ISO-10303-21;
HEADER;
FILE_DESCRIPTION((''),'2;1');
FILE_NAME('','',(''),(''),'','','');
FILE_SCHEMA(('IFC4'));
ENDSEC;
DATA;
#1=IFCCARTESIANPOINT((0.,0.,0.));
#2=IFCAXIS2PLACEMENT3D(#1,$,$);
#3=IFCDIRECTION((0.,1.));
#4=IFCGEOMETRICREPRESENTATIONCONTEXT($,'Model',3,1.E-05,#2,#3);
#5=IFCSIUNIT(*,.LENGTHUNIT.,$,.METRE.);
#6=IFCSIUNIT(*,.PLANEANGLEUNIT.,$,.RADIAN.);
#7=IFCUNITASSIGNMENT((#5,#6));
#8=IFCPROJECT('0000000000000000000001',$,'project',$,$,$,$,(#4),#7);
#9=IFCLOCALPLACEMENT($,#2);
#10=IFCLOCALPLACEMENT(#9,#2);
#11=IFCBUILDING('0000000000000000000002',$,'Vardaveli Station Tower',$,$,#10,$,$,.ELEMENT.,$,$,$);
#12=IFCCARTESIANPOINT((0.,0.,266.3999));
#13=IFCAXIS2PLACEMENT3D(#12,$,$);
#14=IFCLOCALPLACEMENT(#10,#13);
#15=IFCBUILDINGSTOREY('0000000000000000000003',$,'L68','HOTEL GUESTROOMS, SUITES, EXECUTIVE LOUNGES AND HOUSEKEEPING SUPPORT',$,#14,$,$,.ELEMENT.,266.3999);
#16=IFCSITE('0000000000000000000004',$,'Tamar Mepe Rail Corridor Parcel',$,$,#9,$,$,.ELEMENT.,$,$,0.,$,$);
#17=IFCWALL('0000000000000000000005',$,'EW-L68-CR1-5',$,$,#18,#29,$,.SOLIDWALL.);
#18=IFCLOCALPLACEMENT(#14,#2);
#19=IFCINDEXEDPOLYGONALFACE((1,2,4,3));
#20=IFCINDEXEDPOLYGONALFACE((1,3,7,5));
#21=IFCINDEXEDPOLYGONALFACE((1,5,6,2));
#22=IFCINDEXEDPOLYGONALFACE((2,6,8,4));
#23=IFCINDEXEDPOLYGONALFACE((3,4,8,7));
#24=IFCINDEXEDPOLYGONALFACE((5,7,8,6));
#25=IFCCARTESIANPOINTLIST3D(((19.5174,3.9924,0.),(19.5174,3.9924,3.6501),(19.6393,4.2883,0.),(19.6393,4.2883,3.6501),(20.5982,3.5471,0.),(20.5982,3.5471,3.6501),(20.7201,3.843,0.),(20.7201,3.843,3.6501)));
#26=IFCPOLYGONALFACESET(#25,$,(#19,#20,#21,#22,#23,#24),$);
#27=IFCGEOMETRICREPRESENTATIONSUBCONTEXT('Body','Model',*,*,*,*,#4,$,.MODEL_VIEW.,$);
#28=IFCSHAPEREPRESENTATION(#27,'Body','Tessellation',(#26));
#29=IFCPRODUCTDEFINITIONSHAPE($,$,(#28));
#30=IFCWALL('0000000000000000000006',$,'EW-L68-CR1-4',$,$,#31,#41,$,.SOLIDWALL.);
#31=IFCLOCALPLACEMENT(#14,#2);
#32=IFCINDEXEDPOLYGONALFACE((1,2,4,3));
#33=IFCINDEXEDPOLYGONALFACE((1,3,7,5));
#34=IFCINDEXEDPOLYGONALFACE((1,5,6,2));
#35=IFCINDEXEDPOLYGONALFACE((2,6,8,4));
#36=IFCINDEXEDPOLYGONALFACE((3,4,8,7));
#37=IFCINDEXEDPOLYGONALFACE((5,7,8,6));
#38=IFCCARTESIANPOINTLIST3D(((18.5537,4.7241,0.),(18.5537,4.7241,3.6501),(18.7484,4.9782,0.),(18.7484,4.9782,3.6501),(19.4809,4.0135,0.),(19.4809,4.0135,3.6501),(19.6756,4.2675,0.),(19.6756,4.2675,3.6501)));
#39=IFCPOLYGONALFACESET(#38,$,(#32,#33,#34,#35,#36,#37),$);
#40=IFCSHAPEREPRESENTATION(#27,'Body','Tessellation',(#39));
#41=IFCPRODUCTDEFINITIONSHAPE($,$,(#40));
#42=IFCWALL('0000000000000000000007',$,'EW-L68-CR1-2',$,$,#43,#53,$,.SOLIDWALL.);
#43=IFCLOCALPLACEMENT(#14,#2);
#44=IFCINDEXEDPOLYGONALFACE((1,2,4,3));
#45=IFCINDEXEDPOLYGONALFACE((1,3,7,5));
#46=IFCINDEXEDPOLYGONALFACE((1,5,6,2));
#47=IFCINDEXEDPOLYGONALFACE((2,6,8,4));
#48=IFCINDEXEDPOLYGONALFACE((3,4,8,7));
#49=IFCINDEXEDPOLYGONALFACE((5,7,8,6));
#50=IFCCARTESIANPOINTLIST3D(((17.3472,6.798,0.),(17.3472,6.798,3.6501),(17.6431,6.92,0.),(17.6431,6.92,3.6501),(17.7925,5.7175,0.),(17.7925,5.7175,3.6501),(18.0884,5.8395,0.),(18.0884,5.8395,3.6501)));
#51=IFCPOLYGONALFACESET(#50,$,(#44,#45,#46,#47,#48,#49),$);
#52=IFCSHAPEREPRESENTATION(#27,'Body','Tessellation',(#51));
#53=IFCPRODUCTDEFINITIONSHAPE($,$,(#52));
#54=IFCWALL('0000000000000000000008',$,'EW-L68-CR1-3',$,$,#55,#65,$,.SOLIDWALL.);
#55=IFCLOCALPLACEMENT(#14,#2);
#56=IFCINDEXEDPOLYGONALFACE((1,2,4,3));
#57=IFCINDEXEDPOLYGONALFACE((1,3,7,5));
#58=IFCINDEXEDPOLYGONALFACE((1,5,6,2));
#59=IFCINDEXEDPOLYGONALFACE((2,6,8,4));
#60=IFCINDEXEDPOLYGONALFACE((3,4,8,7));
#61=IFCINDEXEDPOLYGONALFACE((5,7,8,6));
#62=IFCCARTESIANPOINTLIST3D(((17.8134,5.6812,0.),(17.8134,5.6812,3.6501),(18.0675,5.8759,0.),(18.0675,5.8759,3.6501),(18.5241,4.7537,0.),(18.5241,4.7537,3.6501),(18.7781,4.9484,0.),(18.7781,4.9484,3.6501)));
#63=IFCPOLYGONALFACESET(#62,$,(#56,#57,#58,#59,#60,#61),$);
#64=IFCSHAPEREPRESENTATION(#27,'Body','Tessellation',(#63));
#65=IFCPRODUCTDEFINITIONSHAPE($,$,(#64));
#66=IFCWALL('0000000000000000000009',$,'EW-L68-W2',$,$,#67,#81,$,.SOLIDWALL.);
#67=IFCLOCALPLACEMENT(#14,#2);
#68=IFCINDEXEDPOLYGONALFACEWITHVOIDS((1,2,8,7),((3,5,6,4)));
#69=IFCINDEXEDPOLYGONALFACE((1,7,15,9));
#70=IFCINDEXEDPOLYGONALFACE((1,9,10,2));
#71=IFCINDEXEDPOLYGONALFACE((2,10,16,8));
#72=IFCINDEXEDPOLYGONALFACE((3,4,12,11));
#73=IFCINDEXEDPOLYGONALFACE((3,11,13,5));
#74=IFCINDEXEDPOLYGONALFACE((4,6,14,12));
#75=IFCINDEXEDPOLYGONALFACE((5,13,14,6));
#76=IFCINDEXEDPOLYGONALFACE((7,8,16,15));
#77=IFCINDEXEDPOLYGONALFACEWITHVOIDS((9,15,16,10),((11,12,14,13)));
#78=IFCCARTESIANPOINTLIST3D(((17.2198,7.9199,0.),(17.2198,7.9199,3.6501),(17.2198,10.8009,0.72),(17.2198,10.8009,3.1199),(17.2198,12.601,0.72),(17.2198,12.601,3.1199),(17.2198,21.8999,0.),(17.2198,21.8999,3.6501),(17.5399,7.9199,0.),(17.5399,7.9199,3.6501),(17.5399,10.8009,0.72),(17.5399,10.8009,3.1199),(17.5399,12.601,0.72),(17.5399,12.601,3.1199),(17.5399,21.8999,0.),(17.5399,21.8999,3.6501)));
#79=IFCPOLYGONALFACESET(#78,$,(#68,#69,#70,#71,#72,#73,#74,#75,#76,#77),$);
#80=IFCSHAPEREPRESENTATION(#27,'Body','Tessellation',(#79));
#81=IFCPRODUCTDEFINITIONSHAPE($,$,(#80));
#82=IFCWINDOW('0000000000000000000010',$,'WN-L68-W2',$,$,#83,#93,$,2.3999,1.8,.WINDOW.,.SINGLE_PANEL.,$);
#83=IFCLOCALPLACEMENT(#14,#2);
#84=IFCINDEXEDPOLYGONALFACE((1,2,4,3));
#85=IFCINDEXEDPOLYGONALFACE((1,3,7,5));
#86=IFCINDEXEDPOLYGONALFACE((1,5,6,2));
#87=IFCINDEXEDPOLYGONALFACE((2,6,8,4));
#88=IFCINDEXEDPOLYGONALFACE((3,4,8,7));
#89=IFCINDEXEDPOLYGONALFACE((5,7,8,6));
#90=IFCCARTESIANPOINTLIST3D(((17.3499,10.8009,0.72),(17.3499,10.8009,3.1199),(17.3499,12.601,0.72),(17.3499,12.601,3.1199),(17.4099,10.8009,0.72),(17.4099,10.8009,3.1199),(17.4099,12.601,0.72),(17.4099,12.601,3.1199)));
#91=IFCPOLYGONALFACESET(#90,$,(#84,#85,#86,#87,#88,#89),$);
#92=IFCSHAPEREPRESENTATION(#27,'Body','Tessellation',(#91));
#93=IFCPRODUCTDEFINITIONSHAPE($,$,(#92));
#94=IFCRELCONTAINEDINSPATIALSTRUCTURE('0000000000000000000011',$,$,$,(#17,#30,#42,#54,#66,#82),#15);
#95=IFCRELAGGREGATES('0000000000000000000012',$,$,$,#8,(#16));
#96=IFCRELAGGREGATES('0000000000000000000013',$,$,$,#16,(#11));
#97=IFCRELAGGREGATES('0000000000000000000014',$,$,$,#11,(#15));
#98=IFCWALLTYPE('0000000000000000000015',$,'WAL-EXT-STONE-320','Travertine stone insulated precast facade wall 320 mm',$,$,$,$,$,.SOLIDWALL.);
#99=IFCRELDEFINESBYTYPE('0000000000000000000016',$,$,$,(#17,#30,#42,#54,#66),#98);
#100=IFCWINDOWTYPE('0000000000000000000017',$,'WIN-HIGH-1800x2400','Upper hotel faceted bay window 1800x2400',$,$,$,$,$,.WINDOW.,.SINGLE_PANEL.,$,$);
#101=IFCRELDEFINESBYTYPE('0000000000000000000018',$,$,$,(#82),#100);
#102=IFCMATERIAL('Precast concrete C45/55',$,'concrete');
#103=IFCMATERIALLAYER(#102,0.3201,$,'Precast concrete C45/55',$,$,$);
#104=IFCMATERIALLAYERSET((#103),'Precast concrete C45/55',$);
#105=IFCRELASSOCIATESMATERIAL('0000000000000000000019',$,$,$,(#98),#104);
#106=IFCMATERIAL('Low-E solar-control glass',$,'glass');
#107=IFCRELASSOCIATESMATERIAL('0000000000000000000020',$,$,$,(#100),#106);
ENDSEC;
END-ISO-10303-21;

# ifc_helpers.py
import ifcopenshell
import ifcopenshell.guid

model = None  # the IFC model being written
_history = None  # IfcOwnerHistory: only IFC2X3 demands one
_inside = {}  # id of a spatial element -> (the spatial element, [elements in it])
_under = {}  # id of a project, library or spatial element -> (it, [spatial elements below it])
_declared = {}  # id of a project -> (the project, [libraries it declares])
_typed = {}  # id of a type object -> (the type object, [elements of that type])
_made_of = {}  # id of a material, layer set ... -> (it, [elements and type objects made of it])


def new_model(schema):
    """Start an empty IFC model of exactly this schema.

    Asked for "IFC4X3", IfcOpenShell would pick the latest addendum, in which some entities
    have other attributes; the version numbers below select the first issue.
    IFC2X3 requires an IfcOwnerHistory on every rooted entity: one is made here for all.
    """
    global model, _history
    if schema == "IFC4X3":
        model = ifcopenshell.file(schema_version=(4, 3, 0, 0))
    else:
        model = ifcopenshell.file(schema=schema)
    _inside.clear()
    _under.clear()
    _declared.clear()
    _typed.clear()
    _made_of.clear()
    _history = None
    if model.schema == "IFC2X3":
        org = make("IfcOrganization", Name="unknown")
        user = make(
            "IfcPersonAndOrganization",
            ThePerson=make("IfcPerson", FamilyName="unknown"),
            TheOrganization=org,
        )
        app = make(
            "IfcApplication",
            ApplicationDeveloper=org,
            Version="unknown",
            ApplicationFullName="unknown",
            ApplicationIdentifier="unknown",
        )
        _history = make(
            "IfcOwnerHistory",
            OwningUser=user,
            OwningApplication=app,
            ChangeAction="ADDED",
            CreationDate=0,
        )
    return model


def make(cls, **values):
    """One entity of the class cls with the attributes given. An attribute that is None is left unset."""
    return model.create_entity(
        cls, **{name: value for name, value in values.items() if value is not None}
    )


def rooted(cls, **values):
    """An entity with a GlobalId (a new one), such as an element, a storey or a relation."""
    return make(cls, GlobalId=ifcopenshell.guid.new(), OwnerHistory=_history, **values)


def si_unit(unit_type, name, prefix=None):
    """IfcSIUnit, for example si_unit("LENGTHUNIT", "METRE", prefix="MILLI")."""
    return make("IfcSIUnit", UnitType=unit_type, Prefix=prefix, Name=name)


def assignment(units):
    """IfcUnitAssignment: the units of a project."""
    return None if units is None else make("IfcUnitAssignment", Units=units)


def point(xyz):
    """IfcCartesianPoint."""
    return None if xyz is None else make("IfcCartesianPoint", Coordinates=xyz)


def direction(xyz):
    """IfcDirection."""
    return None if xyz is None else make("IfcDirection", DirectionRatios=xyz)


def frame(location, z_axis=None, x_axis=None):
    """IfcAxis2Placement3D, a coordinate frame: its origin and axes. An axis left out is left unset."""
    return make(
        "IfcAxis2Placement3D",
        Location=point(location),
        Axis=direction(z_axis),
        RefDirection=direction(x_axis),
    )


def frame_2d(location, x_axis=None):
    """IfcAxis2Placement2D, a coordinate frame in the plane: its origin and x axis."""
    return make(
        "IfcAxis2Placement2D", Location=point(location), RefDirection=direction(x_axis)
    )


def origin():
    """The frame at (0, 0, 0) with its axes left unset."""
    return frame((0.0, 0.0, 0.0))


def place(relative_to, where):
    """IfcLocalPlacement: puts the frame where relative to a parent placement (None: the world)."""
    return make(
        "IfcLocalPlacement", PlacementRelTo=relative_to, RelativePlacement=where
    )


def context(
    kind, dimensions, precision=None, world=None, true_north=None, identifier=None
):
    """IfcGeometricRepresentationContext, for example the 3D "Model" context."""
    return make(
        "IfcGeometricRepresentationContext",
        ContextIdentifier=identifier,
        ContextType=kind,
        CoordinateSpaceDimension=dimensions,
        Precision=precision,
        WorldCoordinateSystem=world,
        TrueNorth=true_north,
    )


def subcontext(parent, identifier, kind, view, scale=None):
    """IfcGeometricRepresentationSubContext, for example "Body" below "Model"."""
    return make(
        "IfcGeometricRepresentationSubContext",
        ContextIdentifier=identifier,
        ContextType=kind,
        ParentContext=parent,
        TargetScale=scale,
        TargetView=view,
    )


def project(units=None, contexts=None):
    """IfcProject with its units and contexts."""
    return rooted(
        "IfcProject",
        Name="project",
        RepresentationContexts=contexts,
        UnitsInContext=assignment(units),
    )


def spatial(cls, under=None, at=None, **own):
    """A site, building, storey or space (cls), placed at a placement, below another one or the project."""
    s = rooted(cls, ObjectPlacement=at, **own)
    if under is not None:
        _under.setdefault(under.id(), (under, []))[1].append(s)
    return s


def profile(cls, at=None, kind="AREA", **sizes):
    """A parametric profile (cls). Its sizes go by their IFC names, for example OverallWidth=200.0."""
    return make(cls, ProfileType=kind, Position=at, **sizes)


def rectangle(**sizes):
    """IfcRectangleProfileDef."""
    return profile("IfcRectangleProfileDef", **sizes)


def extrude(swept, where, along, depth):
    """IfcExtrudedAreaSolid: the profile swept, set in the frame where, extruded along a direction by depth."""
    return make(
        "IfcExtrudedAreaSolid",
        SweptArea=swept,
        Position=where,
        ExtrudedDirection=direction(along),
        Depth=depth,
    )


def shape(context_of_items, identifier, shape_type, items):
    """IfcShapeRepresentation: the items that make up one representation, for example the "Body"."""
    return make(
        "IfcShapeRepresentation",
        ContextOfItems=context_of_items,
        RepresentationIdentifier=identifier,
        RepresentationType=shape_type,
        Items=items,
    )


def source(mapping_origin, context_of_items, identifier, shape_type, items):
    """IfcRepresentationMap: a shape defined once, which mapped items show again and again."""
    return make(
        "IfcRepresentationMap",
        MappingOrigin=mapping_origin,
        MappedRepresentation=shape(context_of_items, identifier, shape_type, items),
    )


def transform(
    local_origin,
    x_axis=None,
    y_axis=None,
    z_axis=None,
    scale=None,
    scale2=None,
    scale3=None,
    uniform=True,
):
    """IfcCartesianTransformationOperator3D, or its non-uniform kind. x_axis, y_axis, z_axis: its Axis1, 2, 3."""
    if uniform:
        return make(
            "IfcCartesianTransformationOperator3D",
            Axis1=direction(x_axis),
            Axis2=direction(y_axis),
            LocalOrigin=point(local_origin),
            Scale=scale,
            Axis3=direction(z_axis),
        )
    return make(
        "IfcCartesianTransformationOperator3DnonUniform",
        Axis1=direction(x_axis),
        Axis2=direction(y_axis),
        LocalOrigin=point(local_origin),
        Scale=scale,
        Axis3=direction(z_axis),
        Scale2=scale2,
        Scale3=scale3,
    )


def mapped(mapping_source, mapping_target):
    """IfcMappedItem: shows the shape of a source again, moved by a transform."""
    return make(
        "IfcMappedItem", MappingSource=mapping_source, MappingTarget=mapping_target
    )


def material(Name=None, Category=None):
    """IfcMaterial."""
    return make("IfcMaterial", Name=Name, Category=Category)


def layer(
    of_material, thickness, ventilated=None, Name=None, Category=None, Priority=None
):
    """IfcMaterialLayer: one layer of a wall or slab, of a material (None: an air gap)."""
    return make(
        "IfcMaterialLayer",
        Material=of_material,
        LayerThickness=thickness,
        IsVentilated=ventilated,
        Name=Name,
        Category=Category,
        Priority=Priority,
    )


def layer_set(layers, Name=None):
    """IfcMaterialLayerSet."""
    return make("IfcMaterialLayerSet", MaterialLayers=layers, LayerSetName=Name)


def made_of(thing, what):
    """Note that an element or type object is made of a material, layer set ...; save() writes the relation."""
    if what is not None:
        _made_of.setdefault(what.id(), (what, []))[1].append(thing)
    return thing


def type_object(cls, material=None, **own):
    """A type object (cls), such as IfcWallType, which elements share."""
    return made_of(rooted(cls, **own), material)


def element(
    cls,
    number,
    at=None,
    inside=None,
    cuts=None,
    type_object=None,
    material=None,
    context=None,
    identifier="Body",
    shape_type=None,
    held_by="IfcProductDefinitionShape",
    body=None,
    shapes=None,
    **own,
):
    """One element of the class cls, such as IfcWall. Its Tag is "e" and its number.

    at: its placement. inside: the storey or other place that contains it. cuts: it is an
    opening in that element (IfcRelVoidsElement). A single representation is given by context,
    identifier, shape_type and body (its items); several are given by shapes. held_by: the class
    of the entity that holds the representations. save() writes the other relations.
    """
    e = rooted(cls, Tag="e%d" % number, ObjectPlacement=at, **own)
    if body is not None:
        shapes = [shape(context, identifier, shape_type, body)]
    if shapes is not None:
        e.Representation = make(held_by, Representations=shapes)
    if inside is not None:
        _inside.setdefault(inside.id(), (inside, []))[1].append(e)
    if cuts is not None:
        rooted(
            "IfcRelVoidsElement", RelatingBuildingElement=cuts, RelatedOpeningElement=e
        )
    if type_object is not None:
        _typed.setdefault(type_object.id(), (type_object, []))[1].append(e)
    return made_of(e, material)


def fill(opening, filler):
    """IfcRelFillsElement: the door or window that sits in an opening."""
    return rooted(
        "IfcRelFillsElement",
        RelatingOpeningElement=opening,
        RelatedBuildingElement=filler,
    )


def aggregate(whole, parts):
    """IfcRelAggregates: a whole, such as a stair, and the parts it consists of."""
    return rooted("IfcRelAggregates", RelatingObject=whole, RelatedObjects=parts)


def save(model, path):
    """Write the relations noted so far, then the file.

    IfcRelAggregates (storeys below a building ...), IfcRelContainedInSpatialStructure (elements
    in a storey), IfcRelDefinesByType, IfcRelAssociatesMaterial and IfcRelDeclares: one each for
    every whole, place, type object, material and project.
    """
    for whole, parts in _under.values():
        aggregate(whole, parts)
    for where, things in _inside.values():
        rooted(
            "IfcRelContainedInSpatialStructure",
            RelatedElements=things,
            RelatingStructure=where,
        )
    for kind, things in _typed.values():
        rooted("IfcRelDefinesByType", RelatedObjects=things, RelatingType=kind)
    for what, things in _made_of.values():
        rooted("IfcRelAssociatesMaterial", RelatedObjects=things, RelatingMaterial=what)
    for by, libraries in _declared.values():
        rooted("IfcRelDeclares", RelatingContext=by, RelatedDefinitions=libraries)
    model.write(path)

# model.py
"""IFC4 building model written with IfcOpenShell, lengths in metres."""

from ifc_helpers import new_model, si_unit, direction, frame, frame_2d, origin, place, context, subcontext, project, spatial, rectangle, extrude, source, transform, mapped, material, layer, layer_set, type_object, element, fill, save


model = new_model("IFC4")

# Units and contexts
model_context = context("Model", 3, precision=1e-05, world=origin(), true_north=direction((0.0, 1.0)))
body_context = subcontext(model_context, "Body", "Model", "MODEL_VIEW")
ifc_project = project(units=[si_unit("LENGTHUNIT", "METRE"), si_unit("PLANEANGLEUNIT", "RADIAN")], contexts=[model_context])

# Site, building, storey
site_placement = place(None, origin())
site = spatial("IfcSite", under=ifc_project, at=site_placement, Name="Tamar Mepe Rail Corridor Parcel", CompositionType="ELEMENT", RefElevation=0.0)
building_placement = place(site_placement, origin())
building = spatial("IfcBuilding", under=site, at=building_placement, Name="Vardaveli Station Tower", CompositionType="ELEMENT")
storey_placement = place(building_placement, frame((0.0, 0.0, 266.3999)))
storey = spatial("IfcBuildingStorey", under=building, at=storey_placement, Name="L68", Description="HOTEL GUESTROOMS, SUITES, EXECUTIVE LOUNGES AND HOUSEKEEPING SUPPORT", CompositionType="ELEMENT", Elevation=266.3999)

# Shared definitions
ifc_material_1 = material(Name="Precast concrete C45/55", Category="concrete")

# Walls
ifc_layer_1 = layer(ifc_material_1, 0.3201, Name="Precast concrete C45/55")
ifc_layer_set_1 = layer_set([ifc_layer_1], Name="Precast concrete C45/55")
wall_type_1 = type_object("IfcWallType", Name="WAL-EXT-STONE-320", Description="Travertine stone insulated precast facade wall 320 mm", PredefinedType="SOLIDWALL", material=ifc_layer_set_1)
shared_shape_1 = source(origin(), body_context, "Body", "SweptSolid", [
    extrude(rectangle(XDim=1.1689, YDim=0.3201, at=frame_2d((0.5845, 0.0))), origin(), (0.0, 0.0, 1.0), 3.6501),
])
wall_1_placement = place(storey_placement, frame((19.5784, 4.1404, 0.0), z_axis=(0.0, 0.0, 1.0), x_axis=(0.924596, -0.380949, 0.0)))
element("IfcWall", 1, at=wall_1_placement, inside=storey, type_object=wall_type_1, Name="EW-L68-CR1-5", PredefinedType="SOLIDWALL", context=body_context, shape_type="MappedRepresentation", body=[
    mapped(shared_shape_1, transform((0.0, 0.0, 0.0), scale=1.0)),
])
shared_shape_2 = source(origin(), body_context, "Body", "SweptSolid", [
    extrude(rectangle(XDim=1.1682, YDim=0.3201, at=frame_2d((0.584, 0.0))), origin(), (0.0, 0.0, 1.0), 3.6501),
])
wall_2_placement = place(storey_placement, frame((18.6511, 4.8511, 0.0), z_axis=(0.0, 0.0, 1.0), x_axis=(0.793687, -0.608326, 0.0)))
element("IfcWall", 2, at=wall_2_placement, inside=storey, type_object=wall_type_1, Name="EW-L68-CR1-4", PredefinedType="SOLIDWALL", context=body_context, shape_type="MappedRepresentation", body=[
    mapped(shared_shape_2, transform((0.0, 0.0, 0.0), scale=1.0)),
])
shared_shape_3 = source(origin(), body_context, "Body", "SweptSolid", [
    extrude(rectangle(XDim=1.1687, YDim=0.3201, at=frame_2d((0.5845, 0.0))), origin(), (0.0, 0.0, 1.0), 3.6501),
])
wall_3_placement = place(storey_placement, frame((17.4951, 6.8591, 0.0), z_axis=(0.0, 0.0, 1.0), x_axis=(0.381023, -0.924566, 0.0)))
element("IfcWall", 3, at=wall_3_placement, inside=storey, type_object=wall_type_1, Name="EW-L68-CR1-2", PredefinedType="SOLIDWALL", context=body_context, shape_type="MappedRepresentation", body=[
    mapped(shared_shape_3, transform((0.0, 0.0, 0.0), scale=1.0)),
])
shared_shape_4 = source(origin(), body_context, "Body", "SweptSolid", [
    extrude(rectangle(XDim=1.1685, YDim=0.3201, at=frame_2d((0.5842, 0.0))), origin(), (0.0, 0.0, 1.0), 3.6501),
])
wall_4_placement = place(storey_placement, frame((17.9404, 5.7786, 0.0), z_axis=(0.0, 0.0, 1.0), x_axis=(0.608225, -0.793764, 0.0)))
element("IfcWall", 4, at=wall_4_placement, inside=storey, type_object=wall_type_1, Name="EW-L68-CR1-3", PredefinedType="SOLIDWALL", context=body_context, shape_type="MappedRepresentation", body=[
    mapped(shared_shape_4, transform((0.0, 0.0, 0.0), scale=1.0)),
])

# Wall, opening, window
shared_shape_5 = source(origin(), body_context, "Body", "SweptSolid", [
    extrude(rectangle(XDim=13.98, YDim=0.3201, at=frame_2d((6.99, 0.0))), origin(), (0.0, 0.0, 1.0), 3.6501),
])
wall_5_placement = place(storey_placement, frame((17.3799, 21.8999, 0.0), z_axis=(0.0, 0.0, 1.0), x_axis=(0.0, -1.0, 0.0)))
wall_5 = element("IfcWall", 5, at=wall_5_placement, inside=storey, type_object=wall_type_1, Name="EW-L68-W2", PredefinedType="SOLIDWALL", context=body_context, shape_type="MappedRepresentation", body=[
    mapped(shared_shape_5, transform((0.0, 0.0, 0.0), scale=1.0)),
])
shared_shape_6 = source(origin(), body_context, "Body", "SweptSolid", [
    extrude(rectangle(XDim=1.8, YDim=2.3999, at=frame_2d((0.8999, 1.2))), frame((0.0, 0.1699, 0.0), z_axis=(0.0, -1.0, 0.0), x_axis=(1.0, 0.0, 0.0)), (0.0, 0.0, 1.0), 0.3401),
])
opening_1_placement = place(wall_5_placement, frame((9.2991, 0.0, 0.72)))
opening_1 = element("IfcOpeningElement", 6, at=opening_1_placement, cuts=wall_5, PredefinedType="OPENING", context=body_context, shape_type="MappedRepresentation", body=[
    mapped(shared_shape_6, transform((0.0, 0.0, 0.0), scale=1.0)),
])
ifc_material_2 = material(Name="Low-E solar-control glass", Category="glass")
window_type = type_object("IfcWindowType", Name="WIN-HIGH-1800x2400", Description="Upper hotel faceted bay window 1800x2400", PartitioningType="SINGLE_PANEL", PredefinedType="WINDOW", material=ifc_material_2)
shared_shape_7 = source(origin(), body_context, "Body", "SweptSolid", [
    extrude(rectangle(XDim=1.8, YDim=2.3999, at=frame_2d((0.8999, 1.2))), frame((0.0, 0.03, 0.0), z_axis=(0.0, -1.0, 0.0), x_axis=(1.0, 0.0, 0.0)), (0.0, 0.0, 1.0), 0.0601),
])
window_placement = place(opening_1_placement, origin())
window = element("IfcWindow", 7, at=window_placement, inside=storey, type_object=window_type, Name="WN-L68-W2", OverallHeight=2.3999, OverallWidth=1.8, PartitioningType="SINGLE_PANEL", PredefinedType="WINDOW", context=body_context, shape_type="MappedRepresentation", body=[
    mapped(shared_shape_7, transform((0.0, 0.0, 0.0), scale=1.0)),
])
fill(opening_1, window)

save(model, "model.ifc")
